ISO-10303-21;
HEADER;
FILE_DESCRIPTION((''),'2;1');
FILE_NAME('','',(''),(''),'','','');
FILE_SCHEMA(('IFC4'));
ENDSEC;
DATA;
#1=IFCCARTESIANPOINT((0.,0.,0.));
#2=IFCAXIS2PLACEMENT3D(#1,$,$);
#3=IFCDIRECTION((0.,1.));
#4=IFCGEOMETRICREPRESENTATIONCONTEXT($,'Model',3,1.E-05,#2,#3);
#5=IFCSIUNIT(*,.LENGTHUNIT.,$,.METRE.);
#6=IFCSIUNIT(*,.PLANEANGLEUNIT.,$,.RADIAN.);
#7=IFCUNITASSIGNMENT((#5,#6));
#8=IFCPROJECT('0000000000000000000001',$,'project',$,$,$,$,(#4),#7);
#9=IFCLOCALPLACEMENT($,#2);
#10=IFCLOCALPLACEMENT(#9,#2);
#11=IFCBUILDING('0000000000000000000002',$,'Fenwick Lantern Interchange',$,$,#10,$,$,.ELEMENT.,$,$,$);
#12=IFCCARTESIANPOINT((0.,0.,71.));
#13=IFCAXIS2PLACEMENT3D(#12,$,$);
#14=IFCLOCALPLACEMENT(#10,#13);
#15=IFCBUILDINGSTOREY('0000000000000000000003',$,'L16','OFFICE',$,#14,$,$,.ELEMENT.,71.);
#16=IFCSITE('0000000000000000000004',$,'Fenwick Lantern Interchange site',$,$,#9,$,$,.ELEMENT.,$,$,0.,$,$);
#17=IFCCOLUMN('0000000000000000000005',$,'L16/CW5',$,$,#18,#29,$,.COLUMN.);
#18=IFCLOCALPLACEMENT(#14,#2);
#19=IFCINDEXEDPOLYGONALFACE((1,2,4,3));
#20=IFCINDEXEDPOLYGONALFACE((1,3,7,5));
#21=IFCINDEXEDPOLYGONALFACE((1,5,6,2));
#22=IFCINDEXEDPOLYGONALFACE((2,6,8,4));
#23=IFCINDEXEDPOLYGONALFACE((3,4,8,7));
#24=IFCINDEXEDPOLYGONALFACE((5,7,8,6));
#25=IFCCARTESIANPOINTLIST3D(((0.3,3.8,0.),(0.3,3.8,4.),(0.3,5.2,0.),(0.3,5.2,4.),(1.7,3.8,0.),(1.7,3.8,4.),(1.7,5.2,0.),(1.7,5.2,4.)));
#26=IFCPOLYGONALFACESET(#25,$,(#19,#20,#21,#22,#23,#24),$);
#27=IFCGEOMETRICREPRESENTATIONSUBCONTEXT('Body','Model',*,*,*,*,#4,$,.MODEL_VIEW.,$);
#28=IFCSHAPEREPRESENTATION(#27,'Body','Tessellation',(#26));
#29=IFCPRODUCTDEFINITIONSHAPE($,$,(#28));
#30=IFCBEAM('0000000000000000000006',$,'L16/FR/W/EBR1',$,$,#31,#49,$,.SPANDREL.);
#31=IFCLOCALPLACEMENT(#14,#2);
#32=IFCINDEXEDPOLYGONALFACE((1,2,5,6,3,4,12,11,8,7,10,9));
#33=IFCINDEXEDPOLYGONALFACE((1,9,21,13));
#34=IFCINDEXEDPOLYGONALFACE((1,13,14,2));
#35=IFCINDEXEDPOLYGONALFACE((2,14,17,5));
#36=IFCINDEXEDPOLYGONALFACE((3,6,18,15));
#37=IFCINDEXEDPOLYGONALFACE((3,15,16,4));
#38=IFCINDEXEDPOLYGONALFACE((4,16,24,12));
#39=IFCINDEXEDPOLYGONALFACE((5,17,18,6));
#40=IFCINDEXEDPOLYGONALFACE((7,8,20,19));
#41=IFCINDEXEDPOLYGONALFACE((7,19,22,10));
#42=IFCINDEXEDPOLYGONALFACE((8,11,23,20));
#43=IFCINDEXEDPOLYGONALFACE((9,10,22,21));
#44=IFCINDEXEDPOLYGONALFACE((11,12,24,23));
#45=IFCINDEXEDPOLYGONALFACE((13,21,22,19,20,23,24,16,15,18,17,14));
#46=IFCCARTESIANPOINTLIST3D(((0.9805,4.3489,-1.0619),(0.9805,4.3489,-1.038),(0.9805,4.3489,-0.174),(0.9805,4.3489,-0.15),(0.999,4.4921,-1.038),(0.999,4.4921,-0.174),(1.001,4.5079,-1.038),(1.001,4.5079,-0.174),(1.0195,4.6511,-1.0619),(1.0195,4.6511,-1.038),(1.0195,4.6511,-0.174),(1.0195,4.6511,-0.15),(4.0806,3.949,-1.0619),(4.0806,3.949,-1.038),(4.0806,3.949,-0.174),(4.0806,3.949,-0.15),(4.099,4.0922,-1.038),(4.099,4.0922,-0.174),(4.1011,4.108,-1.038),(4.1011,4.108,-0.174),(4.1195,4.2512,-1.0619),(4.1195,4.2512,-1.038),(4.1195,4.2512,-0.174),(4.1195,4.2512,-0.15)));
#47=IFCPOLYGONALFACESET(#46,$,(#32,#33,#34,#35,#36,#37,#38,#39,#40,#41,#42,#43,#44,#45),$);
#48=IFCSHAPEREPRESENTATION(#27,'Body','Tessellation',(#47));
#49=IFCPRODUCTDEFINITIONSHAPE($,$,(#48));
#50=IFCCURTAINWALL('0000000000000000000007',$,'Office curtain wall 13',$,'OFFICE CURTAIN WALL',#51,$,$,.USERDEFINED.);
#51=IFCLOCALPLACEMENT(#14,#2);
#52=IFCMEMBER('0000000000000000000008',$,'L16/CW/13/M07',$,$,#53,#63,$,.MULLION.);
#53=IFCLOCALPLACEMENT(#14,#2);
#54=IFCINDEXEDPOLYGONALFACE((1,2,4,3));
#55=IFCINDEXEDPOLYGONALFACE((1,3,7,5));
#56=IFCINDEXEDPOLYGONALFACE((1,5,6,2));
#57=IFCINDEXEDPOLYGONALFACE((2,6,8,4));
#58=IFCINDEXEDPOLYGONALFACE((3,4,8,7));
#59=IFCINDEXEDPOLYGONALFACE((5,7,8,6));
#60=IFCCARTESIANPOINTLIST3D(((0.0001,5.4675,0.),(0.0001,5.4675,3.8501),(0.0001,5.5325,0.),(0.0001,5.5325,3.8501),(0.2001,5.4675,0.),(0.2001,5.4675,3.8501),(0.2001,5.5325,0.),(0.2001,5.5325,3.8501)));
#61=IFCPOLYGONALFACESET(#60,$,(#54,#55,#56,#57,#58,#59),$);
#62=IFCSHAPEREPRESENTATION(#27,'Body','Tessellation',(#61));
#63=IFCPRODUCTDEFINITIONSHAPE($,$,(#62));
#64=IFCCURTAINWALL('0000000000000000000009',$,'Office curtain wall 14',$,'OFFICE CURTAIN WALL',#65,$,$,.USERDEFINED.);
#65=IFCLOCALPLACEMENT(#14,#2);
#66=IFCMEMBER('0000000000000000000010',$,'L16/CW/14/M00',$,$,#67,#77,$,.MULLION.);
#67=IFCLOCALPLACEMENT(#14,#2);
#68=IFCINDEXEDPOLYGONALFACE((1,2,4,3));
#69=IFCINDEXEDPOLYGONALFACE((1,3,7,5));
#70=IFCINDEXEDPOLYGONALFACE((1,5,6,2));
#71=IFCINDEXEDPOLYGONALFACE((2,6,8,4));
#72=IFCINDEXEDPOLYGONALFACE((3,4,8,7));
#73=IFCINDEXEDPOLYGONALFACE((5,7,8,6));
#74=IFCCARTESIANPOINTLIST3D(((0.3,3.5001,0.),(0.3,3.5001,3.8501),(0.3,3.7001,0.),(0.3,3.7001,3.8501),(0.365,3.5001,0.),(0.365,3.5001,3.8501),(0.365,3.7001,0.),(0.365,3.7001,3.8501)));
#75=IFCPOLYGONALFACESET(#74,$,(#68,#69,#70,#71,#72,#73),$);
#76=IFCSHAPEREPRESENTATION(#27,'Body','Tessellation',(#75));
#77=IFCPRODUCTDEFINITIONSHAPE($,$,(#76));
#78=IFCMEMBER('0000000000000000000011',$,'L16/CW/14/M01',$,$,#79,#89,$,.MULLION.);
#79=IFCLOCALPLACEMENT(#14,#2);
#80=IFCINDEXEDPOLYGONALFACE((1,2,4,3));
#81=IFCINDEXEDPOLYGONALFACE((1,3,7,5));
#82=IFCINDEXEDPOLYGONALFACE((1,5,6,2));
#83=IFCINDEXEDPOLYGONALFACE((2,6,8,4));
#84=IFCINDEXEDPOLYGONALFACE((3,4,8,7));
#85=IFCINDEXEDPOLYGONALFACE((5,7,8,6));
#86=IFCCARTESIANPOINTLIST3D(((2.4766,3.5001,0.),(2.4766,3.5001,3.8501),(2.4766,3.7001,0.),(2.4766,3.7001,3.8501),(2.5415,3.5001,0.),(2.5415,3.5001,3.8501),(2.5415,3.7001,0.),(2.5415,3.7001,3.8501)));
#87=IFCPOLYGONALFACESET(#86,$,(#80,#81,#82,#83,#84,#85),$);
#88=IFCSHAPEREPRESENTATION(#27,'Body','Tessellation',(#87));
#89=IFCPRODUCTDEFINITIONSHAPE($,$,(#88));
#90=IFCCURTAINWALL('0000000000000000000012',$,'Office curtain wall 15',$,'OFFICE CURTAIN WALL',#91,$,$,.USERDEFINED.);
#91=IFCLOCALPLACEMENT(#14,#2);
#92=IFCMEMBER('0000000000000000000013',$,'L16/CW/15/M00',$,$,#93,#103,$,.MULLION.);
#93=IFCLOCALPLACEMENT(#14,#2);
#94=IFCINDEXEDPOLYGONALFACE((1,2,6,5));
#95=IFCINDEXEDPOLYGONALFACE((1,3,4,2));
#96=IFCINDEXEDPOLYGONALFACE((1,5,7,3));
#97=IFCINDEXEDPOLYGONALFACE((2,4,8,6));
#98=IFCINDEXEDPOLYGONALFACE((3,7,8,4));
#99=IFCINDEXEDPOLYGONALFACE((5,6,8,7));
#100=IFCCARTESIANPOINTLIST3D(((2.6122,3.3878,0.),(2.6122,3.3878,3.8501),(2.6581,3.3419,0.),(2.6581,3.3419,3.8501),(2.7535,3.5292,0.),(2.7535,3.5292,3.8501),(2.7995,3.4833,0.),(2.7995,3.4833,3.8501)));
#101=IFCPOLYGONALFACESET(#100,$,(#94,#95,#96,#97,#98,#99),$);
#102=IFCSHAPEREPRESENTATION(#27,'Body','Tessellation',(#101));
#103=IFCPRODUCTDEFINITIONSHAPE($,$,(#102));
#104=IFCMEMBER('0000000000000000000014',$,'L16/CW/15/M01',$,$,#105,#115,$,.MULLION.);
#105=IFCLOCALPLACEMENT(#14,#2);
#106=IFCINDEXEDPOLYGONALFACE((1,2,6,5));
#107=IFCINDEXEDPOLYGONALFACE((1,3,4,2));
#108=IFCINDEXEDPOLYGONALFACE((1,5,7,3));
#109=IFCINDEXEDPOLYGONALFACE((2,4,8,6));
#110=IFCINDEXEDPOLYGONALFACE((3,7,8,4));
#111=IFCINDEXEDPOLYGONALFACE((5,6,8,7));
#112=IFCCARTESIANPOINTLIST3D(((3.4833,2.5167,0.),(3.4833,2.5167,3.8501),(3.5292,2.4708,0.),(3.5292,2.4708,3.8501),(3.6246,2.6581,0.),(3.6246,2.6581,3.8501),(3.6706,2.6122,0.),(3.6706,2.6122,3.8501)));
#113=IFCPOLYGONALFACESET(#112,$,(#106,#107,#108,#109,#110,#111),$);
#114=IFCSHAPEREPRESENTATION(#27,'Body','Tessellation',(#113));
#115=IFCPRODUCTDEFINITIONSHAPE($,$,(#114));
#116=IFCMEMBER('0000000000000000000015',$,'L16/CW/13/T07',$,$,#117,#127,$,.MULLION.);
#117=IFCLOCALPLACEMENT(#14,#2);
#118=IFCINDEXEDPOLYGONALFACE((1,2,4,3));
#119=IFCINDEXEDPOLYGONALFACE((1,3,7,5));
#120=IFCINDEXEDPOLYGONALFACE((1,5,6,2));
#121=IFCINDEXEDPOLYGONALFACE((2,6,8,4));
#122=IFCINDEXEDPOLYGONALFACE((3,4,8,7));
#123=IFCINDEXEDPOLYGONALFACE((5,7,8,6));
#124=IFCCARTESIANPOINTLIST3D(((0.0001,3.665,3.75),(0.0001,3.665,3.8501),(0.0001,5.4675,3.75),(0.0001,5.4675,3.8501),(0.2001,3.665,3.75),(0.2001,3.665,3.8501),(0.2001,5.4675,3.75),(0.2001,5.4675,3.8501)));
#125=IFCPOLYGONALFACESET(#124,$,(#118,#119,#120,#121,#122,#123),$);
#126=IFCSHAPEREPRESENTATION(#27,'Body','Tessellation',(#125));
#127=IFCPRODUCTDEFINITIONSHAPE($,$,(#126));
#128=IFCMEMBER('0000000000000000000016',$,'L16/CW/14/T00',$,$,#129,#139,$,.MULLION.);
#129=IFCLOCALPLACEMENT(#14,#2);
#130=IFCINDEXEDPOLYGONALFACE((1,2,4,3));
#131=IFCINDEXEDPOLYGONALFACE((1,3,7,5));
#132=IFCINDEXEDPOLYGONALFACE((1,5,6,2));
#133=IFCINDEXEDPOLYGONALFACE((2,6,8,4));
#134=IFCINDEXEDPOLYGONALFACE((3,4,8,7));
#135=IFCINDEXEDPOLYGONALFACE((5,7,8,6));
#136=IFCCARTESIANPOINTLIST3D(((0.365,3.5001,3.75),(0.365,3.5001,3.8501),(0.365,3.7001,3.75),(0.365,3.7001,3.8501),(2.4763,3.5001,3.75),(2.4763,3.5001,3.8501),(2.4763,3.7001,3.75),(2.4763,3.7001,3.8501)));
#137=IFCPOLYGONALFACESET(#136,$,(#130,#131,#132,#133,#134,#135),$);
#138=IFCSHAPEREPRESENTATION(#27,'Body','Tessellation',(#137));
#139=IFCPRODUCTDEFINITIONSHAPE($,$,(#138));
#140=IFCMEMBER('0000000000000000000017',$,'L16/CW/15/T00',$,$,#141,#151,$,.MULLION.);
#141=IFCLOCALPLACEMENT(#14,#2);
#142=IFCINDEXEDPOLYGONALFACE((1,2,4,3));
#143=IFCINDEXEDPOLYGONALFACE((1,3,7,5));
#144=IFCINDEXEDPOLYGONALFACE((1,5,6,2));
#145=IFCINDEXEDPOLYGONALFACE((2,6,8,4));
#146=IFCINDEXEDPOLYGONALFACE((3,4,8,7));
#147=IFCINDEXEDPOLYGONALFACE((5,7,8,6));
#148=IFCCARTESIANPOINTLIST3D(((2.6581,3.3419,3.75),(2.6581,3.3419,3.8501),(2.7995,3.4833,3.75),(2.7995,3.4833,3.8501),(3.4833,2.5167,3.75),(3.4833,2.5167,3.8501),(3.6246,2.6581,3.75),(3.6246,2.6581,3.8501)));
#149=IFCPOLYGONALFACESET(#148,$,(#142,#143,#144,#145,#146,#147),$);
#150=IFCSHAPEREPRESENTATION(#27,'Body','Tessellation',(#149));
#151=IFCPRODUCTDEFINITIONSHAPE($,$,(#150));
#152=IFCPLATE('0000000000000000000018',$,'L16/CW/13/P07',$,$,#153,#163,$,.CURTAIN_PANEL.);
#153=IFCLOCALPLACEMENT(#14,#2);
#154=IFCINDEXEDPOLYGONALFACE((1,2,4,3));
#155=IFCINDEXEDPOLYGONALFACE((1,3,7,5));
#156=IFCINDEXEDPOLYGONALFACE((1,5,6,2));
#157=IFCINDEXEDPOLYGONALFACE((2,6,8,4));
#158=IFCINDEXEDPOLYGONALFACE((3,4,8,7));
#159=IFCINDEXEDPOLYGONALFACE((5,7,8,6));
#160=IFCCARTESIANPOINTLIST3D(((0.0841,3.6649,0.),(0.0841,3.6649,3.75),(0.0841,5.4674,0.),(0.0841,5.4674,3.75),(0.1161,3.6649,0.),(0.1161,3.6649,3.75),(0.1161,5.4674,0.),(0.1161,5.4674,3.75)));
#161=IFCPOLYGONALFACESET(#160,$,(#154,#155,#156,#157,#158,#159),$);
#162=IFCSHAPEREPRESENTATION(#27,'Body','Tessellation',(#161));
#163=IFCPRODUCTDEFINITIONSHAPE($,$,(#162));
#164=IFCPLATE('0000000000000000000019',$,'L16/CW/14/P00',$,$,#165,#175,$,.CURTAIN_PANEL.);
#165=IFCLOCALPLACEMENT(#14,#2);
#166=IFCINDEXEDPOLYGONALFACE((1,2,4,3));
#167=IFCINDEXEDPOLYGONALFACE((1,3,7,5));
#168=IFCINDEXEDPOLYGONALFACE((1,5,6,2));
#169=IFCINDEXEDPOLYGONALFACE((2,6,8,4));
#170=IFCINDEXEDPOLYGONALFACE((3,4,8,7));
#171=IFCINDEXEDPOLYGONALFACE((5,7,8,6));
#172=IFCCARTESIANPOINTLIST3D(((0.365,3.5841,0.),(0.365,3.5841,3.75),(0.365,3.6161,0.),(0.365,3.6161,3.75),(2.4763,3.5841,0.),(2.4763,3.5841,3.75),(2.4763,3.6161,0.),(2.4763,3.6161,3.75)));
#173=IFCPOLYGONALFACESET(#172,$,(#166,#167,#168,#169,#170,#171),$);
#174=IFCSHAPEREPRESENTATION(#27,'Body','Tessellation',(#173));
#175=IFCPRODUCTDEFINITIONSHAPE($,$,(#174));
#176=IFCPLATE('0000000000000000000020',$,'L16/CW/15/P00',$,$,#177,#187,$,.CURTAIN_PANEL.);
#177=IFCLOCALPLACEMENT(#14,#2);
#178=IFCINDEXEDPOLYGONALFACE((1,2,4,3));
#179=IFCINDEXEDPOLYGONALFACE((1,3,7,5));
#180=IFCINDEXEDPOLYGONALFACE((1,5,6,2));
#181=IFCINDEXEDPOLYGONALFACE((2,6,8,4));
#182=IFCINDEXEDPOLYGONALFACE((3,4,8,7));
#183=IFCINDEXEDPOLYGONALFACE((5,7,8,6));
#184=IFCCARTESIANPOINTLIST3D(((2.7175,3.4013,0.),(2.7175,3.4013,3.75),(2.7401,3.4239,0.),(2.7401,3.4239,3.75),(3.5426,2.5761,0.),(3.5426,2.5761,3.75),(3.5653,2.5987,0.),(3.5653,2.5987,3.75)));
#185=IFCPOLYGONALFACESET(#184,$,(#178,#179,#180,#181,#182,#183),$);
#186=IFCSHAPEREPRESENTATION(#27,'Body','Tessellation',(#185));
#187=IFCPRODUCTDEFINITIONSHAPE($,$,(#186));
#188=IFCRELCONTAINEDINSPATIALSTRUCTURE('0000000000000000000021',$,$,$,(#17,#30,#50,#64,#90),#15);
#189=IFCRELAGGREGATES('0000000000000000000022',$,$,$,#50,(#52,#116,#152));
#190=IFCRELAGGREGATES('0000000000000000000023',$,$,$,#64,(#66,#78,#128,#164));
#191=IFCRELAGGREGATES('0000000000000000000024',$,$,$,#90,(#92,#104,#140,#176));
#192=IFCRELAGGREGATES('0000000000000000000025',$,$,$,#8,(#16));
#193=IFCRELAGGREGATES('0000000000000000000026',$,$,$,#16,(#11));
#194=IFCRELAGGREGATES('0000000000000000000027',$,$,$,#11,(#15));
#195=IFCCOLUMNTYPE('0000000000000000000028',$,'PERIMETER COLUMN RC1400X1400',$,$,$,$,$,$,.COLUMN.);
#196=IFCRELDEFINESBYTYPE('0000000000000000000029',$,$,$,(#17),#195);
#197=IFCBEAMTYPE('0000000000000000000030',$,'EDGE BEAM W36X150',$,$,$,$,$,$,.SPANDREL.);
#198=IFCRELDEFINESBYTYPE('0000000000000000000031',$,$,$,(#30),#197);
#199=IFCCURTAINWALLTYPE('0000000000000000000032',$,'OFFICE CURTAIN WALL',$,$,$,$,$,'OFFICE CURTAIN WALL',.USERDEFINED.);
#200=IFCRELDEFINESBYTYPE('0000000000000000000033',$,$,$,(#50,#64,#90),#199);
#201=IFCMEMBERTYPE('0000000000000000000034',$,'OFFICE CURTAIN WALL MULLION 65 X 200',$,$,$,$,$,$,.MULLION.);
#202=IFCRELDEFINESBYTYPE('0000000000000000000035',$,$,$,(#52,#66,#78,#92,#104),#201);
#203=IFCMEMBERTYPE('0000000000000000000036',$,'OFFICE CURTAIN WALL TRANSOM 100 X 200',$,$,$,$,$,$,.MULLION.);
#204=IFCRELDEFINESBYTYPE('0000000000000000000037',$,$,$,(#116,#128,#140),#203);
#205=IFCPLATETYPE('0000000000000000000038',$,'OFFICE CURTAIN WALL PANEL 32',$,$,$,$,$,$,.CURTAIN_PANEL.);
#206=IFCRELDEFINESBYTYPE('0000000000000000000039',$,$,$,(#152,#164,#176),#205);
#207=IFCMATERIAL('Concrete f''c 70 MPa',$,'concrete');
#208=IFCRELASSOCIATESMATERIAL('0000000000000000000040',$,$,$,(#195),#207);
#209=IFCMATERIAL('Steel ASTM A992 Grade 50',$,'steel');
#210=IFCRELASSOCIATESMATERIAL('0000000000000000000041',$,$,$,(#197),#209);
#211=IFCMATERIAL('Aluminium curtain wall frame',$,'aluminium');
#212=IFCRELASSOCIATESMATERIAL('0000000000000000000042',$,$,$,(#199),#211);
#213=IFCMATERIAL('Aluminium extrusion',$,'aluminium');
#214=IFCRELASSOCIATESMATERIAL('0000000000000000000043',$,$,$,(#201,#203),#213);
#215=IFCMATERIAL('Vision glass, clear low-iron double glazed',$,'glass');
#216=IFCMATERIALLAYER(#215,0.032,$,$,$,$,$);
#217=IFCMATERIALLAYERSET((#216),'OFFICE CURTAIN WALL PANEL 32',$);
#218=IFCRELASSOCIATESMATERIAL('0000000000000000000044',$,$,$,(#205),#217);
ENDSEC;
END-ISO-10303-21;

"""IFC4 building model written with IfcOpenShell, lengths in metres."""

from ifc_helpers import new_model, si_unit, direction, frame, origin, origin_2d, place, context, subcontext, project, spatial, rectangle, i_section, extrude, material, layer, layer_set, material_profile, profile_set, type_object, element, aggregate, save


model = new_model("IFC4")

# Units and contexts
model_context = context("Model", 3, precision=1e-05, world=origin(), true_north=direction((0.0, 1.0)))
body_context = subcontext(model_context, "Body", "Model", "MODEL_VIEW")
ifc_project = project(units=[si_unit("LENGTHUNIT", "METRE"), si_unit("PLANEANGLEUNIT", "RADIAN")], contexts=[model_context])

# Site, building, storey
site_placement = place(None, origin())
site = spatial("IfcSite", under=ifc_project, at=site_placement, Name="Fenwick Lantern Interchange site", CompositionType="ELEMENT", RefElevation=0.0)
building_placement = place(site_placement, origin())
building = spatial("IfcBuilding", under=site, at=building_placement, Name="Fenwick Lantern Interchange", CompositionType="ELEMENT")
storey_placement = place(building_placement, frame((0.0, 0.0, 71.0)))
storey = spatial("IfcBuildingStorey", under=building, at=storey_placement, Name="L16", Description="OFFICE", CompositionType="ELEMENT", Elevation=71.0)

# Column
ifc_material_1 = material(Name="Concrete f'c 70 MPa", Category="concrete")
ifc_material_profile_1 = material_profile(ifc_material_1, rectangle(XDim=1.3999, YDim=1.3999, at=origin_2d()), Name="RC1400X1400")
ifc_profile_set_1 = profile_set([ifc_material_profile_1], Name="Concrete f'c 70 MPa")
column_type = type_object("IfcColumnType", Name="PERIMETER COLUMN RC1400X1400", PredefinedType="COLUMN", material=ifc_profile_set_1)
column_placement = place(storey_placement, frame((1.0, 4.5, 0.0), z_axis=(0.0, 0.0, 1.0), x_axis=(1.0, 0.0, 0.0)))
element("IfcColumn", 1, at=column_placement, inside=storey, type_object=column_type, Name="L16/CW5", PredefinedType="COLUMN", context=body_context, shape_type="SweptSolid", body=[
    extrude(rectangle(XDim=1.3999, YDim=1.3999, at=origin_2d()), origin(), (0.0, 0.0, 1.0), 4.0),
])

# Beam
ifc_material_2 = material(Name="Steel ASTM A992 Grade 50", Category="steel")
ifc_material_profile_2 = material_profile(ifc_material_2, i_section(OverallWidth=0.3047, OverallDepth=0.9119, WebThickness=0.0159, FlangeThickness=0.0239, at=origin_2d()), Name="W36X150")
ifc_profile_set_2 = profile_set([ifc_material_profile_2], Name="Steel ASTM A992 Grade 50")
beam_type = type_object("IfcBeamType", Name="EDGE BEAM W36X150", PredefinedType="SPANDREL", material=ifc_profile_set_2)
beam_placement = place(storey_placement, frame((1.0, 4.5, -0.606), z_axis=(0.991782, -0.127937, 0.0), x_axis=(0.127937, 0.991782, 0.0)))
element("IfcBeam", 2, at=beam_placement, inside=storey, type_object=beam_type, Name="L16/FR/W/EBR1", PredefinedType="SPANDREL", context=body_context, shape_type="SweptSolid", body=[
    extrude(i_section(OverallWidth=0.3047, OverallDepth=0.9119, WebThickness=0.0159, FlangeThickness=0.0239, at=origin_2d()), origin(), (0.0, 0.0, 1.0), 3.1257),
])

# Curtain wall, member
ifc_material_3 = material(Name="Aluminium curtain wall frame", Category="aluminium")
curtain_wall_type = type_object("IfcCurtainWallType", Name="OFFICE CURTAIN WALL", ElementType="OFFICE CURTAIN WALL", PredefinedType="USERDEFINED", material=ifc_material_3)
curtain_wall_1_placement = place(storey_placement, origin())
curtain_wall_1 = element("IfcCurtainWall", 3, at=curtain_wall_1_placement, inside=storey, type_object=curtain_wall_type, Name="Office curtain wall 13", ObjectType="OFFICE CURTAIN WALL", PredefinedType="USERDEFINED")
ifc_material_4 = material(Name="Aluminium extrusion", Category="aluminium")
ifc_material_profile_3 = material_profile(ifc_material_4, rectangle(XDim=0.2, YDim=0.0649, at=origin_2d()), Name="OFFICE CURTAIN WALL MULLION 65 X 200")
ifc_profile_set_3 = profile_set([ifc_material_profile_3], Name="Aluminium extrusion")
member_type_1 = type_object("IfcMemberType", Name="OFFICE CURTAIN WALL MULLION 65 X 200", PredefinedType="MULLION", material=ifc_profile_set_3)
member_1_placement = place(storey_placement, frame((0.1001, 5.5, 0.0), z_axis=(0.0, 0.0, 1.0), x_axis=(1.0, 0.0, 0.0)))
member_1 = element("IfcMember", 4, at=member_1_placement, type_object=member_type_1, Name="L16/CW/13/M07", PredefinedType="MULLION", context=body_context, shape_type="SweptSolid", body=[
    extrude(rectangle(XDim=0.2, YDim=0.0649, at=origin_2d()), origin(), (0.0, 0.0, 1.0), 3.8501),
])

# Curtain walls, members
curtain_wall_2_placement = place(storey_placement, origin())
curtain_wall_2 = element("IfcCurtainWall", 5, at=curtain_wall_2_placement, inside=storey, type_object=curtain_wall_type, Name="Office curtain wall 14", ObjectType="OFFICE CURTAIN WALL", PredefinedType="USERDEFINED")
member_2_placement = place(storey_placement, frame((0.3325, 3.6001, 0.0), z_axis=(0.0, 0.0, 1.0), x_axis=(0.0, 1.0, 0.0)))
member_2 = element("IfcMember", 6, at=member_2_placement, type_object=member_type_1, Name="L16/CW/14/M00", PredefinedType="MULLION", context=body_context, shape_type="SweptSolid", body=[
    extrude(rectangle(XDim=0.2, YDim=0.0649, at=origin_2d()), origin(), (0.0, 0.0, 1.0), 3.8501),
])
member_3_placement = place(storey_placement, frame((2.509, 3.6001, 0.0), z_axis=(0.0, 0.0, 1.0), x_axis=(0.0, 1.0, 0.0)))
member_3 = element("IfcMember", 7, at=member_3_placement, type_object=member_type_1, Name="L16/CW/14/M01", PredefinedType="MULLION", context=body_context, shape_type="SweptSolid", body=[
    extrude(rectangle(XDim=0.2, YDim=0.0649, at=origin_2d()), origin(), (0.0, 0.0, 1.0), 3.8501),
])
curtain_wall_3_placement = place(storey_placement, origin())
curtain_wall_3 = element("IfcCurtainWall", 8, at=curtain_wall_3_placement, inside=storey, type_object=curtain_wall_type, Name="Office curtain wall 15", ObjectType="OFFICE CURTAIN WALL", PredefinedType="USERDEFINED")
member_4_placement = place(storey_placement, frame((2.7058, 3.4355, 0.0), z_axis=(0.0, 0.0, 1.0), x_axis=(0.707107, 0.707107, 0.0)))
member_4 = element("IfcMember", 9, at=member_4_placement, type_object=member_type_1, Name="L16/CW/15/M00", PredefinedType="MULLION", context=body_context, shape_type="SweptSolid", body=[
    extrude(rectangle(XDim=0.2, YDim=0.0649, at=origin_2d()), origin(), (0.0, 0.0, 1.0), 3.8501),
])
member_5_placement = place(storey_placement, frame((3.5769, 2.5645, 0.0), z_axis=(0.0, 0.0, 1.0), x_axis=(0.707107, 0.707107, 0.0)))
member_5 = element("IfcMember", 10, at=member_5_placement, type_object=member_type_1, Name="L16/CW/15/M01", PredefinedType="MULLION", context=body_context, shape_type="SweptSolid", body=[
    extrude(rectangle(XDim=0.2, YDim=0.0649, at=origin_2d()), origin(), (0.0, 0.0, 1.0), 3.8501),
])

# Members
ifc_material_profile_4 = material_profile(ifc_material_4, rectangle(XDim=0.2, YDim=0.1001, at=origin_2d()), Name="OFFICE CURTAIN WALL TRANSOM 100 X 200")
ifc_profile_set_4 = profile_set([ifc_material_profile_4], Name="Aluminium extrusion")
member_type_2 = type_object("IfcMemberType", Name="OFFICE CURTAIN WALL TRANSOM 100 X 200", PredefinedType="MULLION", material=ifc_profile_set_4)
member_6_placement = place(storey_placement, frame((0.1001, 5.4675, 3.8), z_axis=(0.0, -1.0, 0.0), x_axis=(1.0, 0.0, 0.0)))
member_6 = element("IfcMember", 11, at=member_6_placement, type_object=member_type_2, Name="L16/CW/13/T07", PredefinedType="MULLION", context=body_context, shape_type="SweptSolid", body=[
    extrude(rectangle(XDim=0.2, YDim=0.1001, at=origin_2d()), origin(), (0.0, 0.0, 1.0), 1.8025),
])
member_7_placement = place(storey_placement, frame((0.365, 3.6001, 3.8), z_axis=(1.0, 0.0, 0.0), x_axis=(0.0, 1.0, 0.0)))
member_7 = element("IfcMember", 12, at=member_7_placement, type_object=member_type_2, Name="L16/CW/14/T00", PredefinedType="MULLION", context=body_context, shape_type="SweptSolid", body=[
    extrude(rectangle(XDim=0.2, YDim=0.1001, at=origin_2d()), origin(), (0.0, 0.0, 1.0), 2.1113),
])
member_8_placement = place(storey_placement, frame((2.7288, 3.4126, 3.8), z_axis=(0.707107, -0.707107, 0.0), x_axis=(0.707107, 0.707107, 0.0)))
member_8 = element("IfcMember", 13, at=member_8_placement, type_object=member_type_2, Name="L16/CW/15/T00", PredefinedType="MULLION", context=body_context, shape_type="SweptSolid", body=[
    extrude(rectangle(XDim=0.2, YDim=0.1001, at=origin_2d()), origin(), (0.0, 0.0, 1.0), 1.167),
])

# Shared definitions
ifc_material_5 = material(Name="Vision glass, clear low-iron double glazed", Category="glass")
ifc_layer_1 = layer(ifc_material_5, 0.032)
ifc_layer_set_1 = layer_set([ifc_layer_1], Name="OFFICE CURTAIN WALL PANEL 32")
plate_type = type_object("IfcPlateType", Name="OFFICE CURTAIN WALL PANEL 32", PredefinedType="CURTAIN_PANEL", material=ifc_layer_set_1)

# Plates
plate_1_placement = place(storey_placement, frame((0.1001, 4.5662, 0.0), z_axis=(0.0, 0.0, 1.0), x_axis=(0.0, -1.0, 0.0)))
plate_1 = element("IfcPlate", 14, at=plate_1_placement, type_object=plate_type, Name="L16/CW/13/P07", PredefinedType="CURTAIN_PANEL", context=body_context, shape_type="SweptSolid", body=[
    extrude(rectangle(XDim=1.8025, YDim=0.032, at=origin_2d()), origin(), (0.0, 0.0, 1.0), 3.75),
])
aggregate(curtain_wall_1, [member_1, member_6, plate_1])
plate_2_placement = place(storey_placement, frame((1.4207, 3.6001, 0.0), z_axis=(0.0, 0.0, 1.0), x_axis=(1.0, 0.0, 0.0)))
plate_2 = element("IfcPlate", 15, at=plate_2_placement, type_object=plate_type, Name="L16/CW/14/P00", PredefinedType="CURTAIN_PANEL", context=body_context, shape_type="SweptSolid", body=[
    extrude(rectangle(XDim=2.1113, YDim=0.032, at=origin_2d()), origin(), (0.0, 0.0, 1.0), 3.75),
])
aggregate(curtain_wall_2, [member_2, member_3, member_7, plate_2])
plate_3_placement = place(storey_placement, frame((3.1414, 3.0, 0.0), z_axis=(0.0, 0.0, 1.0), x_axis=(0.707107, -0.707107, 0.0)))
plate_3 = element("IfcPlate", 16, at=plate_3_placement, type_object=plate_type, Name="L16/CW/15/P00", PredefinedType="CURTAIN_PANEL", context=body_context, shape_type="SweptSolid", body=[
    extrude(rectangle(XDim=1.167, YDim=0.032, at=origin_2d()), origin(), (0.0, 0.0, 1.0), 3.75),
])
aggregate(curtain_wall_3, [member_4, member_5, member_8, plate_3])

save(model, "model.ifc")
